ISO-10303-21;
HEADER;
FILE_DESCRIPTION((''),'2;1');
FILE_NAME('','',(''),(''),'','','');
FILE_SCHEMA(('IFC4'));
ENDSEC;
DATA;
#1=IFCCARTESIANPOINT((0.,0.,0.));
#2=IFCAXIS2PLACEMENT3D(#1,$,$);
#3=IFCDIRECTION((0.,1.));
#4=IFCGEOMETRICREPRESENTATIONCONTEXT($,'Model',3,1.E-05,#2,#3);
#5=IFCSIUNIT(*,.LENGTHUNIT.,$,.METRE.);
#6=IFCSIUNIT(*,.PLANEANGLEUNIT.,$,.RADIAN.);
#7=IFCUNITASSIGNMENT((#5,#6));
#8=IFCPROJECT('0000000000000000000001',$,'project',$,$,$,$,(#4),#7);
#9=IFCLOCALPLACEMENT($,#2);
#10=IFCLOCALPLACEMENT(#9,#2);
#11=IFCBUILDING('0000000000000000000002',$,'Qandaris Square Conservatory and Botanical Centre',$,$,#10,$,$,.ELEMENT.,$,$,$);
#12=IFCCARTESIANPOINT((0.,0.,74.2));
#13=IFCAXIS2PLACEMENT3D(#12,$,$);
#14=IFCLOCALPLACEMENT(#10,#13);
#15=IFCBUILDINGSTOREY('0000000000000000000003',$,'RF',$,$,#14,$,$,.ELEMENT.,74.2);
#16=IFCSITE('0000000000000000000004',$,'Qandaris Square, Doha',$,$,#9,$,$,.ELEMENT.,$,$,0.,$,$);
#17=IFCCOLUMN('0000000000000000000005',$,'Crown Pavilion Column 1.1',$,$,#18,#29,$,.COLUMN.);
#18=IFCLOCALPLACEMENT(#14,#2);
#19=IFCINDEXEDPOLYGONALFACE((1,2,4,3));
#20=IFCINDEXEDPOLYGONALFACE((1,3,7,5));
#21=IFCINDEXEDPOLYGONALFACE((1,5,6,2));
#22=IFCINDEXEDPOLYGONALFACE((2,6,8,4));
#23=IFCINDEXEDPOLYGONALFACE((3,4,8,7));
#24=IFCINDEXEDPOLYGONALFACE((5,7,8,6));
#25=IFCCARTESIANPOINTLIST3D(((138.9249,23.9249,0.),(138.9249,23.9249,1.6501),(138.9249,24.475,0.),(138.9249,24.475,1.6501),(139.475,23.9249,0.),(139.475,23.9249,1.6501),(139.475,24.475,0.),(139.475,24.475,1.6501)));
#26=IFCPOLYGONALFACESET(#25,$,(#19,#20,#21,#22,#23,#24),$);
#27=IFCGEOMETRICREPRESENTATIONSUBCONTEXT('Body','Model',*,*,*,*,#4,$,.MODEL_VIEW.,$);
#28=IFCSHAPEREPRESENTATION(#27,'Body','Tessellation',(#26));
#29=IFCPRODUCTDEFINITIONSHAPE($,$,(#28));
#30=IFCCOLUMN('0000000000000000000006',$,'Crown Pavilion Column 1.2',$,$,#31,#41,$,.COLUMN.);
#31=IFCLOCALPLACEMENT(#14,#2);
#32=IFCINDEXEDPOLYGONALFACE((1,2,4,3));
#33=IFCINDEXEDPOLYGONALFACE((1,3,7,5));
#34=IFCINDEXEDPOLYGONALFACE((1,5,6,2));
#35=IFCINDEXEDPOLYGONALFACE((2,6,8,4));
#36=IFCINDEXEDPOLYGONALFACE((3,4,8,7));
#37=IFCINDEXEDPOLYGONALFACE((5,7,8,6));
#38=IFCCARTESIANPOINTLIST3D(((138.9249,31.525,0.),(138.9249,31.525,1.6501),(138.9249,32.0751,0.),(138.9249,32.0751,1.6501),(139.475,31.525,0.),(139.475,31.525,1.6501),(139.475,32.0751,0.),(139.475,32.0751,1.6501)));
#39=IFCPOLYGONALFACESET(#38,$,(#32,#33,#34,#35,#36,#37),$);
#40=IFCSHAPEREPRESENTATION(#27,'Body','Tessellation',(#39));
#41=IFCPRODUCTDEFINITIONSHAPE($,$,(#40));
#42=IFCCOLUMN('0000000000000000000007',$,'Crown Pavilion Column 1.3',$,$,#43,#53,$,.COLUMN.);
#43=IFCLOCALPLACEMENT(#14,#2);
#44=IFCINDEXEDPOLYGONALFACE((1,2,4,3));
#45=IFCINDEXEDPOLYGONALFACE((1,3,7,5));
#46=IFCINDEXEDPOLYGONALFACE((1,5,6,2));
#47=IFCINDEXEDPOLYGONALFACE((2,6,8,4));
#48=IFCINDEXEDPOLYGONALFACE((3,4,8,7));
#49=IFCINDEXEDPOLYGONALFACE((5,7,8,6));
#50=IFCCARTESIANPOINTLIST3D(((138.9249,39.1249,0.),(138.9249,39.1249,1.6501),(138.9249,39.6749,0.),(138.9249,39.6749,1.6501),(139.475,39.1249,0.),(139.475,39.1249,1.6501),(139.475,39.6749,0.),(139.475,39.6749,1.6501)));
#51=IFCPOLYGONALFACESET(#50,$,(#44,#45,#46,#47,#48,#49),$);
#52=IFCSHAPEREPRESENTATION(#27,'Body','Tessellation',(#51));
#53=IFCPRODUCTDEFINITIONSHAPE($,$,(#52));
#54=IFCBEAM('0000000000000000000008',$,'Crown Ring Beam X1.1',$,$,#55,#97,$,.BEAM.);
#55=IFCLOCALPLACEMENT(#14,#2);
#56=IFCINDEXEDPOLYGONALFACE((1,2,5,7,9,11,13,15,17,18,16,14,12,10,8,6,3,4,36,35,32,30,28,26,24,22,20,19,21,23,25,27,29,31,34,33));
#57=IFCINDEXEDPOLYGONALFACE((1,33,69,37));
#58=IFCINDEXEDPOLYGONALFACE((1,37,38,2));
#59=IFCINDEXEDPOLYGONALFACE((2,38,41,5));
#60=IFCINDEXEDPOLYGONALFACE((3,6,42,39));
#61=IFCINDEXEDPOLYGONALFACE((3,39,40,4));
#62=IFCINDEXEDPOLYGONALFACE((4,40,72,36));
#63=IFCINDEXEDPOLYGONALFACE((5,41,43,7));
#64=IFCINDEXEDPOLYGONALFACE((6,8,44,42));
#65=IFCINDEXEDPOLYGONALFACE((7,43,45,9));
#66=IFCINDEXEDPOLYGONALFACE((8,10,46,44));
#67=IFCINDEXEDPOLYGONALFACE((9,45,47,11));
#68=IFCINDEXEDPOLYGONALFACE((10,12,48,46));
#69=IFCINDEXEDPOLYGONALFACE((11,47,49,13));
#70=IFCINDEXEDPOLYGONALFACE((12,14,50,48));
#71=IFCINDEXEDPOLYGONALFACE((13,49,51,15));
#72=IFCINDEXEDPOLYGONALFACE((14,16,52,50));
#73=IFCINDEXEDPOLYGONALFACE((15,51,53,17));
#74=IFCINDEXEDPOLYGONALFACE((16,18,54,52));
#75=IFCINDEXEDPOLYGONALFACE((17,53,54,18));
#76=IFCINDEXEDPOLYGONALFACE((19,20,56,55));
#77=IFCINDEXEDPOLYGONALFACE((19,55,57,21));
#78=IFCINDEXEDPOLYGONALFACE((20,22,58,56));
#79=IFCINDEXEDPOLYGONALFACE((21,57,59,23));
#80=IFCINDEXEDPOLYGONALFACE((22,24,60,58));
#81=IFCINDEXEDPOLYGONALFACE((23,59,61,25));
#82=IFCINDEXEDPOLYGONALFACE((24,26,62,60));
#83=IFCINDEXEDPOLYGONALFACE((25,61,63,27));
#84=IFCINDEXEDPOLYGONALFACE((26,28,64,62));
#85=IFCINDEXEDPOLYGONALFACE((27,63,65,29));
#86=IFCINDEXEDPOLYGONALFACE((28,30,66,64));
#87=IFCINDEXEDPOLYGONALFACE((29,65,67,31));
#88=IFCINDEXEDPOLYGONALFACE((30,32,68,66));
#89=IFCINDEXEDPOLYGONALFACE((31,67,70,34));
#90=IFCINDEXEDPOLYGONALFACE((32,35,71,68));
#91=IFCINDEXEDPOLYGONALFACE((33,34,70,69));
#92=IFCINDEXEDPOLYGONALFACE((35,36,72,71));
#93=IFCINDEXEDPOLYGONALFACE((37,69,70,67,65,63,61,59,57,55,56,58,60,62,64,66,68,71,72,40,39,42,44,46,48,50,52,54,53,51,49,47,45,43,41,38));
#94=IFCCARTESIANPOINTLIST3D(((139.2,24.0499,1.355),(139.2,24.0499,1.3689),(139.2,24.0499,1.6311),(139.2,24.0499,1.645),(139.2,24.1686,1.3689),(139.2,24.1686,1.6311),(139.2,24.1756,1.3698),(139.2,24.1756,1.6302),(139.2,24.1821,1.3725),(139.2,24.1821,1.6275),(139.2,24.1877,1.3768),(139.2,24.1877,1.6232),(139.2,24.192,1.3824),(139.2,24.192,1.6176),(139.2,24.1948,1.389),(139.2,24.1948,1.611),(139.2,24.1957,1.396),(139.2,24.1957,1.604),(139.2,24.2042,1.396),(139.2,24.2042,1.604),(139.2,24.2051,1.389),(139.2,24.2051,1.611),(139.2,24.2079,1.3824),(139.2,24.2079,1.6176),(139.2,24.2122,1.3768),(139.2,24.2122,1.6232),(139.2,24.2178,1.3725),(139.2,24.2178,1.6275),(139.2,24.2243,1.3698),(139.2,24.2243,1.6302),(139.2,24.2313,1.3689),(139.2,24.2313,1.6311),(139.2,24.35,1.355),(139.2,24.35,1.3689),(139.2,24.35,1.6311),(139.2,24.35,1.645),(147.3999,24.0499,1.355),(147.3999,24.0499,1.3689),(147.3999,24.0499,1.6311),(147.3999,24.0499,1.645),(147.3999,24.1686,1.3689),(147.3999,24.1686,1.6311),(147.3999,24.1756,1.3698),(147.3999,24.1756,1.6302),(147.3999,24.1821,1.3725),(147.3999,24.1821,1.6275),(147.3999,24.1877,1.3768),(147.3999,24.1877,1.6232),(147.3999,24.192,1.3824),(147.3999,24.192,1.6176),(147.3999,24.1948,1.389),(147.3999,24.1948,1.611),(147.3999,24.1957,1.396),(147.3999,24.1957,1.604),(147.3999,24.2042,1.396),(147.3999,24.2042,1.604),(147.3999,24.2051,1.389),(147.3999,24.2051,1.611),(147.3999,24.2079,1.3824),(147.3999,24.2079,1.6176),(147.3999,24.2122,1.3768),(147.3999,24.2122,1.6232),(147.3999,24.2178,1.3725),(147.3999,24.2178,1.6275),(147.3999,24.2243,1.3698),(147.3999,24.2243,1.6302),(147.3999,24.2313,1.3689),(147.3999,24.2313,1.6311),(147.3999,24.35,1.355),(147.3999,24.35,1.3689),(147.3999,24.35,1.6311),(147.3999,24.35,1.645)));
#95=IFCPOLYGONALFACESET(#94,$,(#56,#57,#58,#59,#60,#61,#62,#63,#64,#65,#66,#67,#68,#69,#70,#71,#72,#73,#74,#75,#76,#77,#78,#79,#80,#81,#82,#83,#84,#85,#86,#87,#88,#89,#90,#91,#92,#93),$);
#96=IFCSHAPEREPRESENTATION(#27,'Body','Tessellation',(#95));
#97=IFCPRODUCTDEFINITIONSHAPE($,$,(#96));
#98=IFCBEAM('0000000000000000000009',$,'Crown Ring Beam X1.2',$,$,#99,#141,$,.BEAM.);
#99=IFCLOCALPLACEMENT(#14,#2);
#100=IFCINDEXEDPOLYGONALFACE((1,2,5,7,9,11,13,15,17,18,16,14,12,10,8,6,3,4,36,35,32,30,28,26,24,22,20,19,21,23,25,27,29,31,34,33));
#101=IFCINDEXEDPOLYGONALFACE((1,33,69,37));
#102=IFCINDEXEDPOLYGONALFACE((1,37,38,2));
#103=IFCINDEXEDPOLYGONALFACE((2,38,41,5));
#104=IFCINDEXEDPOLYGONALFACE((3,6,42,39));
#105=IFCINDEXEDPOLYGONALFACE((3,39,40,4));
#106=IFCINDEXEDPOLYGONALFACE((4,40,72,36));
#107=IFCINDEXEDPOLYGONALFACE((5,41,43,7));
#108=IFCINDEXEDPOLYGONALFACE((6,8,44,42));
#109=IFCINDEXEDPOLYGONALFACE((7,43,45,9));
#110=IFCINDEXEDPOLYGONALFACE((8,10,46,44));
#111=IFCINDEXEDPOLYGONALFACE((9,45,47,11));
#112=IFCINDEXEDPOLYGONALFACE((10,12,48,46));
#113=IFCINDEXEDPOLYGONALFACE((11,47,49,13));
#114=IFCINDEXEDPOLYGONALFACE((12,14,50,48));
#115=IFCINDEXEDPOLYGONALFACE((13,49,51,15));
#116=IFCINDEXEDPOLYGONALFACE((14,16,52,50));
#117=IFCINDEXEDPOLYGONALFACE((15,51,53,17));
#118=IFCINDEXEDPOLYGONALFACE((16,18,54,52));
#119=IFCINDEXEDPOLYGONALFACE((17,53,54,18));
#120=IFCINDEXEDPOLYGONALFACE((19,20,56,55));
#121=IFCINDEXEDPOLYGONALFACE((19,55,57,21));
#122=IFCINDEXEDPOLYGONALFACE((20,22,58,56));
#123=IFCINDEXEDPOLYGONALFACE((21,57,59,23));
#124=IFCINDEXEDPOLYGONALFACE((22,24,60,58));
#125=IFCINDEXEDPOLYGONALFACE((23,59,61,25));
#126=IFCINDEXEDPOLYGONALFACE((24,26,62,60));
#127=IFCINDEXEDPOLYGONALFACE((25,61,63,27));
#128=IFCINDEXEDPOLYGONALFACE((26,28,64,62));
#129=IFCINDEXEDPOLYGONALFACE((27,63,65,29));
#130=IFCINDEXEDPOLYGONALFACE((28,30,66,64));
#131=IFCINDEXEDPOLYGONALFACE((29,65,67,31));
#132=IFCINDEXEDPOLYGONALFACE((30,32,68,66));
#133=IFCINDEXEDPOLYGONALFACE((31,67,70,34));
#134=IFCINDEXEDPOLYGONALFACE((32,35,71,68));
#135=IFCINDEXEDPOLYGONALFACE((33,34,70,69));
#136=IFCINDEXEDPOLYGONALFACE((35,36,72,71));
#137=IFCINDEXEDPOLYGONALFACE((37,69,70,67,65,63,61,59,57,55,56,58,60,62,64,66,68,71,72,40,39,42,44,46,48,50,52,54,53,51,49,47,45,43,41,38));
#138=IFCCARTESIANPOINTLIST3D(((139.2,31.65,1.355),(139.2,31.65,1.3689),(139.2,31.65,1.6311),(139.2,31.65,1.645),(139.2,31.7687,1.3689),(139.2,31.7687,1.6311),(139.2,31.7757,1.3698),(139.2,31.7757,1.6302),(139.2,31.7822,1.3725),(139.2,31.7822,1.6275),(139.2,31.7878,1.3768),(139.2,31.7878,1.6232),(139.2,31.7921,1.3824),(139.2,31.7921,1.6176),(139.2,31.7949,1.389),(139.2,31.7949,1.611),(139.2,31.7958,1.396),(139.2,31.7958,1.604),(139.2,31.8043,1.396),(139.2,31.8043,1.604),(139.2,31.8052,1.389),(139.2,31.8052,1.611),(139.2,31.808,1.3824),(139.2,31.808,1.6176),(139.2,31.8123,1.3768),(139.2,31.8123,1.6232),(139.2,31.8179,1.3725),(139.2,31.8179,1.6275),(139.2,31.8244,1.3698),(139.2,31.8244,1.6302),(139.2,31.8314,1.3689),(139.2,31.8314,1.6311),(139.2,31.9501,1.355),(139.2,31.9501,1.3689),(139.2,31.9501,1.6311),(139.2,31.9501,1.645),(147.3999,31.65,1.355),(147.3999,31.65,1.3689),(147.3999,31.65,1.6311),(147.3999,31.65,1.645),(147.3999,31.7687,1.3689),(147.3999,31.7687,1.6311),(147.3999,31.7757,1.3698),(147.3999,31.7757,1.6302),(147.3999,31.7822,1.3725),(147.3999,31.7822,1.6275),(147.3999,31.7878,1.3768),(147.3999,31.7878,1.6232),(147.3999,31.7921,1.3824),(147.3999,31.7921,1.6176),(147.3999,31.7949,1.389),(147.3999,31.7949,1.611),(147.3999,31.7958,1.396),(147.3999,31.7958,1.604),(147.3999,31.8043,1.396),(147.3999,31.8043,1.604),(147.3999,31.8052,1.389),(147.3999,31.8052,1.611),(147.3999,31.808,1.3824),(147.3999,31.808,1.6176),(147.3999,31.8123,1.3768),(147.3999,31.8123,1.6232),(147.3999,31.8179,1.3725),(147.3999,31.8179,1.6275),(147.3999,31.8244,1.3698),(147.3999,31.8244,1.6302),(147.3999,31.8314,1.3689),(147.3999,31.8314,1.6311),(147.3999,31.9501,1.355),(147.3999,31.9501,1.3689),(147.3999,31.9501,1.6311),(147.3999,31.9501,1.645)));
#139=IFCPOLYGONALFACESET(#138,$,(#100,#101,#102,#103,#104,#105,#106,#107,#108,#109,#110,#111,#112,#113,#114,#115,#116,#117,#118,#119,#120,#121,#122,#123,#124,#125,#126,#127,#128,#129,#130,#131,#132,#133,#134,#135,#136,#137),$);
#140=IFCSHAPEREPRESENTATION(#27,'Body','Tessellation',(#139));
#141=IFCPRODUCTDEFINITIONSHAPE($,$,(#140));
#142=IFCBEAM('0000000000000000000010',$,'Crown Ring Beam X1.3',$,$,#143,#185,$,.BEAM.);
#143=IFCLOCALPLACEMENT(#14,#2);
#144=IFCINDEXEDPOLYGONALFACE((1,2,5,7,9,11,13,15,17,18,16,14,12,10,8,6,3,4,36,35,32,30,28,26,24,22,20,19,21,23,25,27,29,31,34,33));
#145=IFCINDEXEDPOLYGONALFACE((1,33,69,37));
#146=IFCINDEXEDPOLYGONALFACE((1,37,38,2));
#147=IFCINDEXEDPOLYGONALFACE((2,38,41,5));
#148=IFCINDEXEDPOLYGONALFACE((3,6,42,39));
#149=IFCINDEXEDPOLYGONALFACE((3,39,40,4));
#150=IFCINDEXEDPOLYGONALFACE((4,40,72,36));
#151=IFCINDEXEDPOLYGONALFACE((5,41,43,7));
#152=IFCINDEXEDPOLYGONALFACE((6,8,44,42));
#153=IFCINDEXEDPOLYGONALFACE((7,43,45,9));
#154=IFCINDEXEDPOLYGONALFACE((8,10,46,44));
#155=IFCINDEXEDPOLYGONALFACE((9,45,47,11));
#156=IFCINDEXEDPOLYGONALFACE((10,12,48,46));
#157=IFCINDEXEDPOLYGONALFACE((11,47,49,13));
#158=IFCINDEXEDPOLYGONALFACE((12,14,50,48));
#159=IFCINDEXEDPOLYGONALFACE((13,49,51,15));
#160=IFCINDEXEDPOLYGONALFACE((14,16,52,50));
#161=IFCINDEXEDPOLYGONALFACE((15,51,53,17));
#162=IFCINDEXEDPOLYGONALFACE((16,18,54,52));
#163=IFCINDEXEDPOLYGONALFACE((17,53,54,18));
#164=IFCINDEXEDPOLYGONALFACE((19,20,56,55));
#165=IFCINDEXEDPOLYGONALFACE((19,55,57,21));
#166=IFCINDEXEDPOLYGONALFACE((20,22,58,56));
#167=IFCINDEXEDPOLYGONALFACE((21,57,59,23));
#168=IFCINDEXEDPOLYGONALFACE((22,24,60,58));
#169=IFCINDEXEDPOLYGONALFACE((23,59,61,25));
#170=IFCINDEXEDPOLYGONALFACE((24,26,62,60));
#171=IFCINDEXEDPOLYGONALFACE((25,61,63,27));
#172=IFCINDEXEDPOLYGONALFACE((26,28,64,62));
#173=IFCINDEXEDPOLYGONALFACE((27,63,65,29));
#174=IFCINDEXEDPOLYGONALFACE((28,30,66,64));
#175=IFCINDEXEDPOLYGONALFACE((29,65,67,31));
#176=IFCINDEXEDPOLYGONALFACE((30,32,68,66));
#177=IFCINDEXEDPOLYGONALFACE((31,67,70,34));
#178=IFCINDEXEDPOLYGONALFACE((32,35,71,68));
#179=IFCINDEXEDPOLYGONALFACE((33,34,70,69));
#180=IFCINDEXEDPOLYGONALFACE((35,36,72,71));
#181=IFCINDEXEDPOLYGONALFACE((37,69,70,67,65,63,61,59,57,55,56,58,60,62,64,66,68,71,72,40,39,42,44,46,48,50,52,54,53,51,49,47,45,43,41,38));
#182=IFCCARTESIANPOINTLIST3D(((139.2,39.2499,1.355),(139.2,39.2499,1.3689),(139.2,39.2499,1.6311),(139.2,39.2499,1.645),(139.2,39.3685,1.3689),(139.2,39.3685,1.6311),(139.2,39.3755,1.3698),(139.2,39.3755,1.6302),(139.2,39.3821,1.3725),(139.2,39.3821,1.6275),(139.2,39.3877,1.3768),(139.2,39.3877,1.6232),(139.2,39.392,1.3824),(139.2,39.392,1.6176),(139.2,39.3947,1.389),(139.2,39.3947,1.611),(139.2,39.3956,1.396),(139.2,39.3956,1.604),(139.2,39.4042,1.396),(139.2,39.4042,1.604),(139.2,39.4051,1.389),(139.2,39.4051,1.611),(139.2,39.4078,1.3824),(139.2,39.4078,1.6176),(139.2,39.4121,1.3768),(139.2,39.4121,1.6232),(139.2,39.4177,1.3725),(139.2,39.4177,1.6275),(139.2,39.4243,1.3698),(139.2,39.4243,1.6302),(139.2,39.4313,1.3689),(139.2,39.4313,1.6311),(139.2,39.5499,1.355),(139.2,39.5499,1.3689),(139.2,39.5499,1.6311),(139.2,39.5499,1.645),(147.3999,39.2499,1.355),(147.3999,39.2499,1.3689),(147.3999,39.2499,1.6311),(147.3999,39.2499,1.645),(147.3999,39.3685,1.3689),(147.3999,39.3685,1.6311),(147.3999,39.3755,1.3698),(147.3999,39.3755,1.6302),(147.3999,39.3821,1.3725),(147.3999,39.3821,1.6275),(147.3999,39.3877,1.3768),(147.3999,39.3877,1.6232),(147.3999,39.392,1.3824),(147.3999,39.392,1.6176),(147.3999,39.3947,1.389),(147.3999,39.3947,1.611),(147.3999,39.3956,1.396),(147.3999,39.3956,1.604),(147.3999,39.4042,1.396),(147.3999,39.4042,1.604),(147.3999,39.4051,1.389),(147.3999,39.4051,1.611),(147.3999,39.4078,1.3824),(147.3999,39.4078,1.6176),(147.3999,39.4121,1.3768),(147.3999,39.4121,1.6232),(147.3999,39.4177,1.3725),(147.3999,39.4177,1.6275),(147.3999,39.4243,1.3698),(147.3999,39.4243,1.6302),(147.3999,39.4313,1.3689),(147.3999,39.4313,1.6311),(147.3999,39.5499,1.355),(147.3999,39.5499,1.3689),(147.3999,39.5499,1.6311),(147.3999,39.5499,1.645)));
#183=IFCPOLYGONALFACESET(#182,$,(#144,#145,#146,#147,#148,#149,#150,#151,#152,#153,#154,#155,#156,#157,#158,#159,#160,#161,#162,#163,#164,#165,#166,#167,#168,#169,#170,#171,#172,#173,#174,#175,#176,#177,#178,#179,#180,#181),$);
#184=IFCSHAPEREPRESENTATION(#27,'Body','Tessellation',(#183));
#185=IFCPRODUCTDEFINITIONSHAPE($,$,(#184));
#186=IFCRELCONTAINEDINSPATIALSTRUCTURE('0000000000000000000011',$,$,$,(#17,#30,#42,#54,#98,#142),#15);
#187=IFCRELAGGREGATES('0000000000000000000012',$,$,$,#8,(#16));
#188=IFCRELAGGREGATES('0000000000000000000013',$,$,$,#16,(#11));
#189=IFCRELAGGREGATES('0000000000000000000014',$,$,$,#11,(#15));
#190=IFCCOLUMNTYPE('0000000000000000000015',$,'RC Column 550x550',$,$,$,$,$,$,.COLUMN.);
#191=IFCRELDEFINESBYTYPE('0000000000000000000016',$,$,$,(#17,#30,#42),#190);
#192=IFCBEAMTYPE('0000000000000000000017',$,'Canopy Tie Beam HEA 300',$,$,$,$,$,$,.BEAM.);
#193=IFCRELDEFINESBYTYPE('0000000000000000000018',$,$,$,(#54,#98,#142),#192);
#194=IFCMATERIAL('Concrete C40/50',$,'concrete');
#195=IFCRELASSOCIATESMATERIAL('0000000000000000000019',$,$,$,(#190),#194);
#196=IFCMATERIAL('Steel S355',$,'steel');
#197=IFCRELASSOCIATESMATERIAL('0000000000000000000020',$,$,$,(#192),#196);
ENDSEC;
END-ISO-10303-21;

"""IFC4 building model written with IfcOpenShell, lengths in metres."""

from ifc_helpers import new_model, si_unit, direction, frame, origin, origin_2d, place, context, subcontext, project, spatial, rectangle, i_section, extrude, material, material_profile, profile_set, type_object, element, save


model = new_model("IFC4")

# Units and contexts
model_context = context("Model", 3, precision=1e-05, world=origin(), true_north=direction((0.0, 1.0)))
body_context = subcontext(model_context, "Body", "Model", "MODEL_VIEW")
ifc_project = project(units=[si_unit("LENGTHUNIT", "METRE"), si_unit("PLANEANGLEUNIT", "RADIAN")], contexts=[model_context])

# Site, building, storey
site_placement = place(None, origin())
site = spatial("IfcSite", under=ifc_project, at=site_placement, Name="Qandaris Square, Doha", CompositionType="ELEMENT", RefElevation=0.0)
building_placement = place(site_placement, origin())
building = spatial("IfcBuilding", under=site, at=building_placement, Name="Qandaris Square Conservatory and Botanical Centre", CompositionType="ELEMENT")
storey_placement = place(building_placement, frame((0.0, 0.0, 74.2)))
storey = spatial("IfcBuildingStorey", under=building, at=storey_placement, Name="RF", CompositionType="ELEMENT", Elevation=74.2)

# Columns
ifc_material_1 = material(Name="Concrete C40/50", Category="concrete")
ifc_material_profile_1 = material_profile(ifc_material_1, rectangle(XDim=0.55, YDim=0.55, at=origin_2d()), Name="RC-COL 550x550")
ifc_profile_set_1 = profile_set([ifc_material_profile_1], Name="Concrete C40/50")
column_type = type_object("IfcColumnType", Name="RC Column 550x550", PredefinedType="COLUMN", material=ifc_profile_set_1)
for number, where, z_axis, x_axis, name in (
    (1, (139.2, 24.2, 0.0), (0.0, 0.0, 1.0), (1.0, 0.0, 0.0), "Crown Pavilion Column 1.1"),
    (2, (139.2, 31.8, 0.0), (0.0, 0.0, 1.0), (1.0, 0.0, 0.0), "Crown Pavilion Column 1.2"),
    (3, (139.2, 39.3999, 0.0), (0.0, 0.0, 1.0), (1.0, 0.0, 0.0), "Crown Pavilion Column 1.3"),
):
    element("IfcColumn", number, at=place(storey_placement, frame(where, z_axis=z_axis, x_axis=x_axis)), inside=storey, type_object=column_type, Name=name, PredefinedType="COLUMN", context=body_context, shape_type="SweptSolid", body=[
        extrude(rectangle(XDim=0.55, YDim=0.55, at=origin_2d()), origin(), (0.0, 0.0, 1.0), 1.6501),
    ])

# Beams
ifc_material_2 = material(Name="Steel S355", Category="steel")
ifc_material_profile_2 = material_profile(ifc_material_2, i_section(OverallWidth=0.3, OverallDepth=0.29, WebThickness=0.0085, FlangeThickness=0.0139, FilletRadius=0.0271, at=origin_2d()), Name="HEA 300")
ifc_profile_set_2 = profile_set([ifc_material_profile_2], Name="Steel S355")
beam_type = type_object("IfcBeamType", Name="Canopy Tie Beam HEA 300", PredefinedType="BEAM", material=ifc_profile_set_2)
for number, where, z_axis, x_axis, name in (
    (4, (139.2, 24.2, 1.5), (1.0, 0.0, 0.0), (0.0, 1.0, 0.0), "Crown Ring Beam X1.1"),
    (5, (139.2, 31.8, 1.5), (1.0, 0.0, 0.0), (0.0, 1.0, 0.0), "Crown Ring Beam X1.2"),
    (6, (139.2, 39.3999, 1.5), (1.0, 0.0, 0.0), (0.0, 1.0, 0.0), "Crown Ring Beam X1.3"),
):
    element("IfcBeam", number, at=place(storey_placement, frame(where, z_axis=z_axis, x_axis=x_axis)), inside=storey, type_object=beam_type, Name=name, PredefinedType="BEAM", context=body_context, shape_type="SweptSolid", body=[
        extrude(i_section(OverallWidth=0.3, OverallDepth=0.29, WebThickness=0.0085, FlangeThickness=0.0139, FilletRadius=0.0271, at=origin_2d()), origin(), (0.0, 0.0, 1.0), 8.2),
    ])

save(model, "model.ifc")
